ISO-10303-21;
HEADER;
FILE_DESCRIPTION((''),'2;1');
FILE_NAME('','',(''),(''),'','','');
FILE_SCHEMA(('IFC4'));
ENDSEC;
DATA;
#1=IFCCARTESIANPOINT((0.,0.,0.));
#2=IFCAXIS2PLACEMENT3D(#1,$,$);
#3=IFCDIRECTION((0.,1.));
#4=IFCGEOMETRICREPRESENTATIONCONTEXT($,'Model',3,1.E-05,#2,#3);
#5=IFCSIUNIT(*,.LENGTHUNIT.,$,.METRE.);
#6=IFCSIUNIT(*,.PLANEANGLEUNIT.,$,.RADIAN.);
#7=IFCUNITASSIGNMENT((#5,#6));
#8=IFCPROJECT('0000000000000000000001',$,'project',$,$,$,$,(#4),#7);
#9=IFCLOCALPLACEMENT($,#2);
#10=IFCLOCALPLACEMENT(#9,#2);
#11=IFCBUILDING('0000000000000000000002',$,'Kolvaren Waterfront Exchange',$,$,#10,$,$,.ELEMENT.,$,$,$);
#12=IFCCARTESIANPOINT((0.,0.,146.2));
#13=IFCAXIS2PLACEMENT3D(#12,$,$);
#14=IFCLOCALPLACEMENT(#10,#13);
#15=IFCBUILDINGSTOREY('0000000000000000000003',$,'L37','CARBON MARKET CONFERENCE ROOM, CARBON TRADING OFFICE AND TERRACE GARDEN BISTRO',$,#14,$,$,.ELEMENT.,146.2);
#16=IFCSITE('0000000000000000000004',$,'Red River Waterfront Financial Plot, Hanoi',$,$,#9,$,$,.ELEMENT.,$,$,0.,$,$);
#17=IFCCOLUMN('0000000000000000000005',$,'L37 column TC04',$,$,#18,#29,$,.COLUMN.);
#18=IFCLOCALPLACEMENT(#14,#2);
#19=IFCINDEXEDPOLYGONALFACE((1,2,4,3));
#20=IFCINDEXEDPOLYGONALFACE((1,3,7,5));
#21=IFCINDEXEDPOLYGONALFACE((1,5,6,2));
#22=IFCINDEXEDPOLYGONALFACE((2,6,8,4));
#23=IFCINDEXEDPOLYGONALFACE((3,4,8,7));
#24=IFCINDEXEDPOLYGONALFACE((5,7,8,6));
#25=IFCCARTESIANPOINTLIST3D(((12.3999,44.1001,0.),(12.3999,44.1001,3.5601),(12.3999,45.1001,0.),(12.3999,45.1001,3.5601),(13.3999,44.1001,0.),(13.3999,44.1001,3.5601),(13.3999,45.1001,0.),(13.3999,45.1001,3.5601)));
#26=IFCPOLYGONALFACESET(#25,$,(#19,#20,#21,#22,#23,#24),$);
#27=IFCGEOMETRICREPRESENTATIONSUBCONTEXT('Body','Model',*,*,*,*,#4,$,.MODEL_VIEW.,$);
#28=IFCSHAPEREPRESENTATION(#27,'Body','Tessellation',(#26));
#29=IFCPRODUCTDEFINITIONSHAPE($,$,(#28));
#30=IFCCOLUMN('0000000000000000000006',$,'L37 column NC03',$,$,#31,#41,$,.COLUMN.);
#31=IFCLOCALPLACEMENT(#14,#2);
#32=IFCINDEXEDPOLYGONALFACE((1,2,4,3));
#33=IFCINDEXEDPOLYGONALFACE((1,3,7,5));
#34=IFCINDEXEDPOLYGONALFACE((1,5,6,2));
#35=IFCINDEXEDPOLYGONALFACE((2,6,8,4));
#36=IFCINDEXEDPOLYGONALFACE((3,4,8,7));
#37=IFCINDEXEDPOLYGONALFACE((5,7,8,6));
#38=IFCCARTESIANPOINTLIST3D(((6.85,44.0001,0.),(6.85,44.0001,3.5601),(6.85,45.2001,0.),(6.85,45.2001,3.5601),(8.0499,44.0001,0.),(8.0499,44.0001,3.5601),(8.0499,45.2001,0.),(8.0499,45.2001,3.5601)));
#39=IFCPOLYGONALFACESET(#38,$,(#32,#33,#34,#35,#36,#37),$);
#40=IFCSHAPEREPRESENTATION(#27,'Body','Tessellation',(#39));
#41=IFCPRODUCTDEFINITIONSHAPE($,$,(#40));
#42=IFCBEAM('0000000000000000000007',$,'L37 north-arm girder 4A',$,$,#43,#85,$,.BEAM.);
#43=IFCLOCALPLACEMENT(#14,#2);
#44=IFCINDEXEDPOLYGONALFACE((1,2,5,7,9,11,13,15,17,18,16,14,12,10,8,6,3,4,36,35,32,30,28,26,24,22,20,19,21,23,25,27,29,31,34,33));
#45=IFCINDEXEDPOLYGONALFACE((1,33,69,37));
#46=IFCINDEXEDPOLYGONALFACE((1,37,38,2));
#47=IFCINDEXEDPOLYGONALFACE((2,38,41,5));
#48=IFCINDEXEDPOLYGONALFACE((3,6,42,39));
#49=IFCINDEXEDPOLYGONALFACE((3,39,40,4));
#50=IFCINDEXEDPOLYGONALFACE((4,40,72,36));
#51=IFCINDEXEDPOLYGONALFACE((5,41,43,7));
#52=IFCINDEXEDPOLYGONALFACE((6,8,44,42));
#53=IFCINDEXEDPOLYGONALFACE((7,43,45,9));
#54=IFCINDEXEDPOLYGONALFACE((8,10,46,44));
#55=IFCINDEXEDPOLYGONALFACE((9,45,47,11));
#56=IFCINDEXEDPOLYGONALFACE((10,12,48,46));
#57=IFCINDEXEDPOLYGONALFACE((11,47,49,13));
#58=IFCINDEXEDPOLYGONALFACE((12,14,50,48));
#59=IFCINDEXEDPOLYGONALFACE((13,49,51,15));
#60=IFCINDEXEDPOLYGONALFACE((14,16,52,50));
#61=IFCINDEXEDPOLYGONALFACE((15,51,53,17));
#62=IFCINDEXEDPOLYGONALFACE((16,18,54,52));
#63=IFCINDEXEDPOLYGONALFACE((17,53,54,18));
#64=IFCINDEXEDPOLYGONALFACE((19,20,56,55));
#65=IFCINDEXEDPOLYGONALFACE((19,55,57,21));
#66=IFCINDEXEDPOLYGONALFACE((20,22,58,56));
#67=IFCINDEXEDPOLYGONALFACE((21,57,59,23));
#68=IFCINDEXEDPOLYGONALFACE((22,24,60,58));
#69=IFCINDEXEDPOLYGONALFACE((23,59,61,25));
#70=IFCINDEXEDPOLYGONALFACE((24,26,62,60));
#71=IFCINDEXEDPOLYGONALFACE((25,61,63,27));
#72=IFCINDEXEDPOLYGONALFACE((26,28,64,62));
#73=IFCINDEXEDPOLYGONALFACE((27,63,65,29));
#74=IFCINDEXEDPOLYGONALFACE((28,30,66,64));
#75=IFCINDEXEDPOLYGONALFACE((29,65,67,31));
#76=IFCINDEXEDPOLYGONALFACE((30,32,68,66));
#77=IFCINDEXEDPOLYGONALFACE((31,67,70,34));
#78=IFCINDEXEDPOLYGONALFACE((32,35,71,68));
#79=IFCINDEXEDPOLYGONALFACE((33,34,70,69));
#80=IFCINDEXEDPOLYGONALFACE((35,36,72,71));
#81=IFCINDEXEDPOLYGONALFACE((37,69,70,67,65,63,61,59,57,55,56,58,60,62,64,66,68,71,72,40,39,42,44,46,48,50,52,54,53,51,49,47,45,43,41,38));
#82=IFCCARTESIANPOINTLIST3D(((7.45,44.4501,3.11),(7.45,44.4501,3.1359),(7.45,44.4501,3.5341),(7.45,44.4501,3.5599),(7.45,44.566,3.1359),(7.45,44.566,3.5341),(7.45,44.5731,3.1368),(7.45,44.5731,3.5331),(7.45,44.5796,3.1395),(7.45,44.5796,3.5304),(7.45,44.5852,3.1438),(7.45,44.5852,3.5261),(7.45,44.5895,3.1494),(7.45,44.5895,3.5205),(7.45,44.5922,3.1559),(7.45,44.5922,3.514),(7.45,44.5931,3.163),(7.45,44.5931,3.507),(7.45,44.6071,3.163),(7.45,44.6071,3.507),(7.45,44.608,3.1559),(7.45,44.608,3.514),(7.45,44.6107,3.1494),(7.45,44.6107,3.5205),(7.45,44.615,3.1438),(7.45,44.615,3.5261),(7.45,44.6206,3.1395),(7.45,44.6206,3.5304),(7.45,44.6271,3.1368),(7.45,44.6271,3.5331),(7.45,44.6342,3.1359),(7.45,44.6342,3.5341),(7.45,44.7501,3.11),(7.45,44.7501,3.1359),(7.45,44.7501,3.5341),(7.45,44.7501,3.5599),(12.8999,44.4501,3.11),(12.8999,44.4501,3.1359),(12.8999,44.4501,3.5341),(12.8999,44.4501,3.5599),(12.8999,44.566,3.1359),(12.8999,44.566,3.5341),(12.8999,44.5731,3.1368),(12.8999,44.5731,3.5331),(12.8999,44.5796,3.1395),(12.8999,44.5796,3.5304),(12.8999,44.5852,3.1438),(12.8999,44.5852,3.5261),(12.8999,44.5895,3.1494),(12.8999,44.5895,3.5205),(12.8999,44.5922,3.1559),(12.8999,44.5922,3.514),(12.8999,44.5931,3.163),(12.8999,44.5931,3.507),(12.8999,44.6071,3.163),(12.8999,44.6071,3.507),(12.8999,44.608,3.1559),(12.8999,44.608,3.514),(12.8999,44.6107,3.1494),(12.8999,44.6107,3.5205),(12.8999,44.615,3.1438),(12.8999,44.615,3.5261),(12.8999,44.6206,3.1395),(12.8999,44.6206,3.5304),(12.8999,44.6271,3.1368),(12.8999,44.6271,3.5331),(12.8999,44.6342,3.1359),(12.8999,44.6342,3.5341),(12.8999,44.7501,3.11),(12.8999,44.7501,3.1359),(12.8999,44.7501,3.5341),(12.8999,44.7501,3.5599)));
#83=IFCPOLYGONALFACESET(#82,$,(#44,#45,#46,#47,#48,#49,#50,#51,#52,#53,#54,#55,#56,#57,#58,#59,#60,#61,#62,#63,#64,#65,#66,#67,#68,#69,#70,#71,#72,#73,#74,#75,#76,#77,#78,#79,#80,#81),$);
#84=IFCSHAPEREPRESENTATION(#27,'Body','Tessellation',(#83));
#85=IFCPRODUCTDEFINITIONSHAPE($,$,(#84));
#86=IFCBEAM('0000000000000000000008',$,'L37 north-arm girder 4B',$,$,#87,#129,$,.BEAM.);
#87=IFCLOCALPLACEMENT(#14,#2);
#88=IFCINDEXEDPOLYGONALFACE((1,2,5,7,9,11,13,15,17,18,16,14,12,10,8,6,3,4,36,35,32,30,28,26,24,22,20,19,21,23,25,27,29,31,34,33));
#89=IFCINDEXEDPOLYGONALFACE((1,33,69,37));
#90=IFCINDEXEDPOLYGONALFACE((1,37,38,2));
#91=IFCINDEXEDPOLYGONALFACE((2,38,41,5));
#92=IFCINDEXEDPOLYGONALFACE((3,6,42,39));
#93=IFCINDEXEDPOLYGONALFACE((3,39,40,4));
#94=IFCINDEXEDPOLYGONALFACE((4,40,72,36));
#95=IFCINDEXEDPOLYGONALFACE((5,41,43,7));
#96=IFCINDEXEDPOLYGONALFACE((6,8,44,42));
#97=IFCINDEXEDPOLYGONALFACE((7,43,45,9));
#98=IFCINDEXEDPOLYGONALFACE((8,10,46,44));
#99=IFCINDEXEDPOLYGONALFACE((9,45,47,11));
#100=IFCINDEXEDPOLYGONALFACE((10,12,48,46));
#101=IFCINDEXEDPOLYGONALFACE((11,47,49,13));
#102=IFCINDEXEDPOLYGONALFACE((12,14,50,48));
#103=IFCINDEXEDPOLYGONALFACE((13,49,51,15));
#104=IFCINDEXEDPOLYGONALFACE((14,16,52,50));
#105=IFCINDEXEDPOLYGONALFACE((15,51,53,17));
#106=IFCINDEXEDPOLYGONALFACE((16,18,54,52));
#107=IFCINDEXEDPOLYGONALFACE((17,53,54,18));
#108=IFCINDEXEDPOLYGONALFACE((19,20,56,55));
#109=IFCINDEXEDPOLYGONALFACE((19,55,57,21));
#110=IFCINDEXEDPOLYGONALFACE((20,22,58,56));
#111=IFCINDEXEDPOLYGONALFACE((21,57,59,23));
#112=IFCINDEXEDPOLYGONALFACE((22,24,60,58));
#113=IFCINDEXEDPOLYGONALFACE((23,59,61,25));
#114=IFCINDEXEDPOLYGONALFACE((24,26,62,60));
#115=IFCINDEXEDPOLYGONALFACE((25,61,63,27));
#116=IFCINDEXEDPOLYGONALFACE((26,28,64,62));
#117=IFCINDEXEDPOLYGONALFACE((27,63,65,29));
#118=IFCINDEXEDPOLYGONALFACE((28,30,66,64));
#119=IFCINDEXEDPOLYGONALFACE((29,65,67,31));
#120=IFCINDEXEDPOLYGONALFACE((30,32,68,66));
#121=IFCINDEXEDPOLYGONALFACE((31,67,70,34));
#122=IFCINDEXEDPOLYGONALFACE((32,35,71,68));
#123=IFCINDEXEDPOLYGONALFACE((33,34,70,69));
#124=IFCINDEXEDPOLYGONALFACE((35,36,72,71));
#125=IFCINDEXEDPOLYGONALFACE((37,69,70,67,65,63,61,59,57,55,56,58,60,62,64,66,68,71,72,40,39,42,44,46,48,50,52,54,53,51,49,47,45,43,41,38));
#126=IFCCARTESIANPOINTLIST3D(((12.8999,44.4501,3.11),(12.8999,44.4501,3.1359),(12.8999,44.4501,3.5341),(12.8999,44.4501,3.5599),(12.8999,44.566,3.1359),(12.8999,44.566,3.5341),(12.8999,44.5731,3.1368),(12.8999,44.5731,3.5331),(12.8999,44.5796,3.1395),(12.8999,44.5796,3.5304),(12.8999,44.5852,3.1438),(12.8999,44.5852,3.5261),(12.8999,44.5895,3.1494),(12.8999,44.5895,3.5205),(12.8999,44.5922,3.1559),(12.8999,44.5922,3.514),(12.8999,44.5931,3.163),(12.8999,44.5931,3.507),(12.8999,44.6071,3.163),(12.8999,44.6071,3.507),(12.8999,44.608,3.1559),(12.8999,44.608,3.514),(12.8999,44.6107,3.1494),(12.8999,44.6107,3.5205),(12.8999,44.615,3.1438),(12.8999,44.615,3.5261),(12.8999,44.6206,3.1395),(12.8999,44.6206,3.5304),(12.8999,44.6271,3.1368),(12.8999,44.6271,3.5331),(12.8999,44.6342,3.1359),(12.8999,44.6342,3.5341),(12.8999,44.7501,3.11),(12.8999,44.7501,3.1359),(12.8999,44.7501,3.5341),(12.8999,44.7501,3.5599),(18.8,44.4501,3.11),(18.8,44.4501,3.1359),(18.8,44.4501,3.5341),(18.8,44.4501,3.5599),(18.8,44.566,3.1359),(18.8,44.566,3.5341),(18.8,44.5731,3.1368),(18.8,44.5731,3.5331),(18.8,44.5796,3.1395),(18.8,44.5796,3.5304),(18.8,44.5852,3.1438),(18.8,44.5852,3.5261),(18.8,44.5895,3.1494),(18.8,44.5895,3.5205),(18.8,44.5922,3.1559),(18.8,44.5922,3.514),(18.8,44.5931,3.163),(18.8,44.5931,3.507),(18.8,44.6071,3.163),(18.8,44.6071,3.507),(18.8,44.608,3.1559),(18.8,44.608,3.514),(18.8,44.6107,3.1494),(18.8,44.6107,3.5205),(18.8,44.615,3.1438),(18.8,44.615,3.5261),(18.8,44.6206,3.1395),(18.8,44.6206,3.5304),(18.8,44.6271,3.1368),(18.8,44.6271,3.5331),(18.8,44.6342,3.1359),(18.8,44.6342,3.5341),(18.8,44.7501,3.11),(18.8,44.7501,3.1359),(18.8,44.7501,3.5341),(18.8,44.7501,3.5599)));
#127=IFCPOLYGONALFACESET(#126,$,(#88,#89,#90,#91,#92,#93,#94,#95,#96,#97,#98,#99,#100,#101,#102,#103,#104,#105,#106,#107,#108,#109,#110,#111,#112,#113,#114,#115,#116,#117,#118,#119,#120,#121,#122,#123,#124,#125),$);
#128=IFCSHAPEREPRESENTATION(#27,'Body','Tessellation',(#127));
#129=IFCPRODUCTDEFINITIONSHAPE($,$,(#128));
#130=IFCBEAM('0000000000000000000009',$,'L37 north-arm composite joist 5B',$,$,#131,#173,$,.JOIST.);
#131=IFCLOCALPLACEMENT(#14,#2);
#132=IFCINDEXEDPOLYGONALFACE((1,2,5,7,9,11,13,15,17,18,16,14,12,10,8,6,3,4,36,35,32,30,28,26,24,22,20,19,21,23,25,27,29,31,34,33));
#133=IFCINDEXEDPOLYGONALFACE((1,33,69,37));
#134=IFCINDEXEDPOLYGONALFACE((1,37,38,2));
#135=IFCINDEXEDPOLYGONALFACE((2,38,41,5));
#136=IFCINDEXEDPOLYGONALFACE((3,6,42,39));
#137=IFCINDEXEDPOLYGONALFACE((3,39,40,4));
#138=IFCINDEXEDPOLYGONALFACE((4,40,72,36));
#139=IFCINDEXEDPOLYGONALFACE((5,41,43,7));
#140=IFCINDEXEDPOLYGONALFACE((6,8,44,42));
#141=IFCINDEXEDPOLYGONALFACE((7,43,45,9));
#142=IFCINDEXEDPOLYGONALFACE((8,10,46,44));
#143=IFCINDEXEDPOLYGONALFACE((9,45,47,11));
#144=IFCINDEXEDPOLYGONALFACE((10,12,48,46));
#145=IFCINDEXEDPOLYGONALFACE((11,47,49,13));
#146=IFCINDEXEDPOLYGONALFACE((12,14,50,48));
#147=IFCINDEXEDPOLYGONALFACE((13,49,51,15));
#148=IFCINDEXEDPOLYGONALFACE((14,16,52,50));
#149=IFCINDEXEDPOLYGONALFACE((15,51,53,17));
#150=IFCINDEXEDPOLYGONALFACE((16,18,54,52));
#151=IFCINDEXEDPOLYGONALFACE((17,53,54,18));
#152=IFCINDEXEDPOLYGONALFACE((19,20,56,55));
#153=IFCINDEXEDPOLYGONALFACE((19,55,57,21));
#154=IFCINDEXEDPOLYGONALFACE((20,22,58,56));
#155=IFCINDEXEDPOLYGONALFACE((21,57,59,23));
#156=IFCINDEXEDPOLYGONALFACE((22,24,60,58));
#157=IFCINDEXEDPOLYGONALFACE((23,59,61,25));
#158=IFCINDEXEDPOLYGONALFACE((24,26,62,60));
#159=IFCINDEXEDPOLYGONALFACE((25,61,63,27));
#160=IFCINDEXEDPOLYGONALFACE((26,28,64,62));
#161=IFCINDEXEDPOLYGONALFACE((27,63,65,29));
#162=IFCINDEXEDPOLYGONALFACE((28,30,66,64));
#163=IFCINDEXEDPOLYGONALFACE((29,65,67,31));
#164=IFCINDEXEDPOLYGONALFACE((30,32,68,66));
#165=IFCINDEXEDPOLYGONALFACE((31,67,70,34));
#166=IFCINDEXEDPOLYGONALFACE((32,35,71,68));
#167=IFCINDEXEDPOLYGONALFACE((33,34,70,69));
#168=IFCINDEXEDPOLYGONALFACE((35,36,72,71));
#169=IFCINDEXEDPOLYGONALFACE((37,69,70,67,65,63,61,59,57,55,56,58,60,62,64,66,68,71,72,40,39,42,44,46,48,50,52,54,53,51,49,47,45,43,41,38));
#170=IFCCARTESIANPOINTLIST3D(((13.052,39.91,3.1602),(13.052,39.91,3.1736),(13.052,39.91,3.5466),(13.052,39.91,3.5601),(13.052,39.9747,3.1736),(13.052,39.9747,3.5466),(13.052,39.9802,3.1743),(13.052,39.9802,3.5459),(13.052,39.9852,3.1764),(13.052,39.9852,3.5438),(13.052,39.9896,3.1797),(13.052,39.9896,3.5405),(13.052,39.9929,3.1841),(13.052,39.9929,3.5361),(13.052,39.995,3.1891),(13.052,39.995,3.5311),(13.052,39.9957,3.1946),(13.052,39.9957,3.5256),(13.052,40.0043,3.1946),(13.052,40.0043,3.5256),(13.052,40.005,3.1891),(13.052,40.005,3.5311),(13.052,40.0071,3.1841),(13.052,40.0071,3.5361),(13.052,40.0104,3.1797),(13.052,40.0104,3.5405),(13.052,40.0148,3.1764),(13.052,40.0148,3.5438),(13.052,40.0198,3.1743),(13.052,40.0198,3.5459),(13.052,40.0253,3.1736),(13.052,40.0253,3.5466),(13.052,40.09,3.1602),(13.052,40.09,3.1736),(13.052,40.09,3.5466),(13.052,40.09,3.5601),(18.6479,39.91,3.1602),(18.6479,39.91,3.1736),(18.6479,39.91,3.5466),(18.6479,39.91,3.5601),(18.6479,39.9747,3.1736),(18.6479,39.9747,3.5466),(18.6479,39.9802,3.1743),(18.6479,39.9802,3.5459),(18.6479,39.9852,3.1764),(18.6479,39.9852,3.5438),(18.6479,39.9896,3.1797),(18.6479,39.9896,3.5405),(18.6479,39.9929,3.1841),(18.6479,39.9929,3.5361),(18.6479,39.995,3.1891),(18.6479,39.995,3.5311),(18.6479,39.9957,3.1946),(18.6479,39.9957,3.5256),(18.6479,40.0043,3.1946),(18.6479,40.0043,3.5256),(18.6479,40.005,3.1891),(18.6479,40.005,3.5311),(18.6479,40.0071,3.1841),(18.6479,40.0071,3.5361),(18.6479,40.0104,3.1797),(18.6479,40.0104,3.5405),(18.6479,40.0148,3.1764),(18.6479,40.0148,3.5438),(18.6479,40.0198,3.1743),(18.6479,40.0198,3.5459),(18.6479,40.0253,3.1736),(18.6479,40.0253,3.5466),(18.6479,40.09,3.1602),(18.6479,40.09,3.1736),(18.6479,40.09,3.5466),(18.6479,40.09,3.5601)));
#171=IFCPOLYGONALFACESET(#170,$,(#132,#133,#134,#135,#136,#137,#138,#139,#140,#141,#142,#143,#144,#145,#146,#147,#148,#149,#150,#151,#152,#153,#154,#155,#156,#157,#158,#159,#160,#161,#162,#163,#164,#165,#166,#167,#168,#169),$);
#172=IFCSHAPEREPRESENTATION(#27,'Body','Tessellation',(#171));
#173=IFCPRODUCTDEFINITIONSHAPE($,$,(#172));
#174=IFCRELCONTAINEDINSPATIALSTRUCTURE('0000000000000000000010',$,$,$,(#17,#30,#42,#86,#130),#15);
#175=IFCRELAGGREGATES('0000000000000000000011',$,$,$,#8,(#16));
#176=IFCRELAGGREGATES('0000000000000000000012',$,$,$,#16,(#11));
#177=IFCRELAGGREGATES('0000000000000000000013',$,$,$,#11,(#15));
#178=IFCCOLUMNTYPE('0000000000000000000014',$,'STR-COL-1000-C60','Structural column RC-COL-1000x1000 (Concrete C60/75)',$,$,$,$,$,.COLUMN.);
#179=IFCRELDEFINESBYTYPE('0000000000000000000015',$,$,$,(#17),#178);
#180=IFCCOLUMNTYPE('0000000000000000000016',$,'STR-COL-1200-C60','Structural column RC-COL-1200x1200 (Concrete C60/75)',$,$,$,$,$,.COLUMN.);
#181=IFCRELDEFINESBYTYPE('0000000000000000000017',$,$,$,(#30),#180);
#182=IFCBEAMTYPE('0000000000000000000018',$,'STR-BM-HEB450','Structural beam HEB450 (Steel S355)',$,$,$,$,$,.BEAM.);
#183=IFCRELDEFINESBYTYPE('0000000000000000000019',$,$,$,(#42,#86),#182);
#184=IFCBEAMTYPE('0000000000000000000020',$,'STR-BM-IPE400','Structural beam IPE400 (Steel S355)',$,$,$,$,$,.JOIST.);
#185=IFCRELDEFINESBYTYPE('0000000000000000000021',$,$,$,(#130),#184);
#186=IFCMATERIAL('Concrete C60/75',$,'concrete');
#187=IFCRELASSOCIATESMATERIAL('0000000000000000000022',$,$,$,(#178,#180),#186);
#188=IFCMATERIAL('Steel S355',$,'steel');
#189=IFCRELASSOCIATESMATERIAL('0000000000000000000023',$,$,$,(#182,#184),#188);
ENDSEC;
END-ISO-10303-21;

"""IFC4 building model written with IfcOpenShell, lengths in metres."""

from ifc_helpers import new_model, si_unit, direction, frame, origin, origin_2d, place, context, subcontext, project, spatial, rectangle, i_section, extrude, material, material_profile, profile_set, type_object, element, save


model = new_model("IFC4")

# Units and contexts
model_context = context("Model", 3, precision=1e-05, world=origin(), true_north=direction((0.0, 1.0)))
body_context = subcontext(model_context, "Body", "Model", "MODEL_VIEW")
ifc_project = project(units=[si_unit("LENGTHUNIT", "METRE"), si_unit("PLANEANGLEUNIT", "RADIAN")], contexts=[model_context])

# Site, building, storey
site_placement = place(None, origin())
site = spatial("IfcSite", under=ifc_project, at=site_placement, Name="Red River Waterfront Financial Plot, Hanoi", CompositionType="ELEMENT", RefElevation=0.0)
building_placement = place(site_placement, origin())
building = spatial("IfcBuilding", under=site, at=building_placement, Name="Kolvaren Waterfront Exchange", CompositionType="ELEMENT")
storey_placement = place(building_placement, frame((0.0, 0.0, 146.2)))
storey = spatial("IfcBuildingStorey", under=building, at=storey_placement, Name="L37", Description="CARBON MARKET CONFERENCE ROOM, CARBON TRADING OFFICE AND TERRACE GARDEN BISTRO", CompositionType="ELEMENT", Elevation=146.2)

# Columns
ifc_material_1 = material(Name="Concrete C60/75", Category="concrete")
ifc_material_profile_1 = material_profile(ifc_material_1, rectangle(XDim=1.0, YDim=1.0, at=origin_2d()), Name="RC-COL-1000x1000")
ifc_profile_set_1 = profile_set([ifc_material_profile_1], Name="Concrete C60/75")
column_type_1 = type_object("IfcColumnType", Name="STR-COL-1000-C60", Description="Structural column RC-COL-1000x1000 (Concrete C60/75)", PredefinedType="COLUMN", material=ifc_profile_set_1)
column_1_placement = place(storey_placement, frame((12.8999, 44.6001, 0.0), z_axis=(0.0, 0.0, 1.0), x_axis=(1.0, 0.0, 0.0)))
element("IfcColumn", 1, at=column_1_placement, inside=storey, type_object=column_type_1, Name="L37 column TC04", PredefinedType="COLUMN", context=body_context, shape_type="SweptSolid", body=[
    extrude(rectangle(XDim=1.0, YDim=1.0, at=origin_2d()), origin(), (0.0, 0.0, 1.0), 3.5601),
])
ifc_material_profile_2 = material_profile(ifc_material_1, rectangle(XDim=1.2, YDim=1.2, at=origin_2d()), Name="RC-COL-1200x1200")
ifc_profile_set_2 = profile_set([ifc_material_profile_2], Name="Concrete C60/75")
column_type_2 = type_object("IfcColumnType", Name="STR-COL-1200-C60", Description="Structural column RC-COL-1200x1200 (Concrete C60/75)", PredefinedType="COLUMN", material=ifc_profile_set_2)
column_2_placement = place(storey_placement, frame((7.45, 44.6001, 0.0), z_axis=(0.0, 0.0, 1.0), x_axis=(1.0, 0.0, 0.0)))
element("IfcColumn", 2, at=column_2_placement, inside=storey, type_object=column_type_2, Name="L37 column NC03", PredefinedType="COLUMN", context=body_context, shape_type="SweptSolid", body=[
    extrude(rectangle(XDim=1.2, YDim=1.2, at=origin_2d()), origin(), (0.0, 0.0, 1.0), 3.5601),
])

# Beams
ifc_material_2 = material(Name="Steel S355", Category="steel")
ifc_material_profile_3 = material_profile(ifc_material_2, i_section(OverallWidth=0.3, OverallDepth=0.45, WebThickness=0.0139, FlangeThickness=0.0259, FilletRadius=0.0271, at=origin_2d()), Name="HEB450")
ifc_profile_set_3 = profile_set([ifc_material_profile_3], Name="Steel S355")
beam_type_1 = type_object("IfcBeamType", Name="STR-BM-HEB450", Description="Structural beam HEB450 (Steel S355)", PredefinedType="BEAM", material=ifc_profile_set_3)
beam_1_placement = place(storey_placement, frame((7.45, 44.6001, 3.335), z_axis=(1.0, 0.0, 0.0), x_axis=(0.0, 1.0, 0.0)))
element("IfcBeam", 3, at=beam_1_placement, inside=storey, type_object=beam_type_1, Name="L37 north-arm girder 4A", PredefinedType="BEAM", context=body_context, shape_type="SweptSolid", body=[
    extrude(i_section(OverallWidth=0.3, OverallDepth=0.45, WebThickness=0.0139, FlangeThickness=0.0259, FilletRadius=0.0271, at=origin_2d()), origin(), (0.0, 0.0, 1.0), 5.45),
])
beam_2_placement = place(storey_placement, frame((12.8999, 44.6001, 3.335), z_axis=(1.0, 0.0, 0.0), x_axis=(0.0, 1.0, 0.0)))
element("IfcBeam", 4, at=beam_2_placement, inside=storey, type_object=beam_type_1, Name="L37 north-arm girder 4B", PredefinedType="BEAM", context=body_context, shape_type="SweptSolid", body=[
    extrude(i_section(OverallWidth=0.3, OverallDepth=0.45, WebThickness=0.0139, FlangeThickness=0.0259, FilletRadius=0.0271, at=origin_2d()), origin(), (0.0, 0.0, 1.0), 5.9001),
])
ifc_material_profile_4 = material_profile(ifc_material_2, i_section(OverallWidth=0.1799, OverallDepth=0.3999, WebThickness=0.0085, FlangeThickness=0.0134, FilletRadius=0.021, at=origin_2d()), Name="IPE400")
ifc_profile_set_4 = profile_set([ifc_material_profile_4], Name="Steel S355")
beam_type_2 = type_object("IfcBeamType", Name="STR-BM-IPE400", Description="Structural beam IPE400 (Steel S355)", PredefinedType="JOIST", material=ifc_profile_set_4)
beam_3_placement = place(storey_placement, frame((13.052, 40.0, 3.3601), z_axis=(1.0, 0.0, 0.0), x_axis=(0.0, 1.0, 0.0)))
element("IfcBeam", 5, at=beam_3_placement, inside=storey, type_object=beam_type_2, Name="L37 north-arm composite joist 5B", PredefinedType="JOIST", context=body_context, shape_type="SweptSolid", body=[
    extrude(i_section(OverallWidth=0.1799, OverallDepth=0.3999, WebThickness=0.0085, FlangeThickness=0.0134, FilletRadius=0.021, at=origin_2d()), origin(), (0.0, 0.0, 1.0), 5.5959),
])

save(model, "model.ifc")
